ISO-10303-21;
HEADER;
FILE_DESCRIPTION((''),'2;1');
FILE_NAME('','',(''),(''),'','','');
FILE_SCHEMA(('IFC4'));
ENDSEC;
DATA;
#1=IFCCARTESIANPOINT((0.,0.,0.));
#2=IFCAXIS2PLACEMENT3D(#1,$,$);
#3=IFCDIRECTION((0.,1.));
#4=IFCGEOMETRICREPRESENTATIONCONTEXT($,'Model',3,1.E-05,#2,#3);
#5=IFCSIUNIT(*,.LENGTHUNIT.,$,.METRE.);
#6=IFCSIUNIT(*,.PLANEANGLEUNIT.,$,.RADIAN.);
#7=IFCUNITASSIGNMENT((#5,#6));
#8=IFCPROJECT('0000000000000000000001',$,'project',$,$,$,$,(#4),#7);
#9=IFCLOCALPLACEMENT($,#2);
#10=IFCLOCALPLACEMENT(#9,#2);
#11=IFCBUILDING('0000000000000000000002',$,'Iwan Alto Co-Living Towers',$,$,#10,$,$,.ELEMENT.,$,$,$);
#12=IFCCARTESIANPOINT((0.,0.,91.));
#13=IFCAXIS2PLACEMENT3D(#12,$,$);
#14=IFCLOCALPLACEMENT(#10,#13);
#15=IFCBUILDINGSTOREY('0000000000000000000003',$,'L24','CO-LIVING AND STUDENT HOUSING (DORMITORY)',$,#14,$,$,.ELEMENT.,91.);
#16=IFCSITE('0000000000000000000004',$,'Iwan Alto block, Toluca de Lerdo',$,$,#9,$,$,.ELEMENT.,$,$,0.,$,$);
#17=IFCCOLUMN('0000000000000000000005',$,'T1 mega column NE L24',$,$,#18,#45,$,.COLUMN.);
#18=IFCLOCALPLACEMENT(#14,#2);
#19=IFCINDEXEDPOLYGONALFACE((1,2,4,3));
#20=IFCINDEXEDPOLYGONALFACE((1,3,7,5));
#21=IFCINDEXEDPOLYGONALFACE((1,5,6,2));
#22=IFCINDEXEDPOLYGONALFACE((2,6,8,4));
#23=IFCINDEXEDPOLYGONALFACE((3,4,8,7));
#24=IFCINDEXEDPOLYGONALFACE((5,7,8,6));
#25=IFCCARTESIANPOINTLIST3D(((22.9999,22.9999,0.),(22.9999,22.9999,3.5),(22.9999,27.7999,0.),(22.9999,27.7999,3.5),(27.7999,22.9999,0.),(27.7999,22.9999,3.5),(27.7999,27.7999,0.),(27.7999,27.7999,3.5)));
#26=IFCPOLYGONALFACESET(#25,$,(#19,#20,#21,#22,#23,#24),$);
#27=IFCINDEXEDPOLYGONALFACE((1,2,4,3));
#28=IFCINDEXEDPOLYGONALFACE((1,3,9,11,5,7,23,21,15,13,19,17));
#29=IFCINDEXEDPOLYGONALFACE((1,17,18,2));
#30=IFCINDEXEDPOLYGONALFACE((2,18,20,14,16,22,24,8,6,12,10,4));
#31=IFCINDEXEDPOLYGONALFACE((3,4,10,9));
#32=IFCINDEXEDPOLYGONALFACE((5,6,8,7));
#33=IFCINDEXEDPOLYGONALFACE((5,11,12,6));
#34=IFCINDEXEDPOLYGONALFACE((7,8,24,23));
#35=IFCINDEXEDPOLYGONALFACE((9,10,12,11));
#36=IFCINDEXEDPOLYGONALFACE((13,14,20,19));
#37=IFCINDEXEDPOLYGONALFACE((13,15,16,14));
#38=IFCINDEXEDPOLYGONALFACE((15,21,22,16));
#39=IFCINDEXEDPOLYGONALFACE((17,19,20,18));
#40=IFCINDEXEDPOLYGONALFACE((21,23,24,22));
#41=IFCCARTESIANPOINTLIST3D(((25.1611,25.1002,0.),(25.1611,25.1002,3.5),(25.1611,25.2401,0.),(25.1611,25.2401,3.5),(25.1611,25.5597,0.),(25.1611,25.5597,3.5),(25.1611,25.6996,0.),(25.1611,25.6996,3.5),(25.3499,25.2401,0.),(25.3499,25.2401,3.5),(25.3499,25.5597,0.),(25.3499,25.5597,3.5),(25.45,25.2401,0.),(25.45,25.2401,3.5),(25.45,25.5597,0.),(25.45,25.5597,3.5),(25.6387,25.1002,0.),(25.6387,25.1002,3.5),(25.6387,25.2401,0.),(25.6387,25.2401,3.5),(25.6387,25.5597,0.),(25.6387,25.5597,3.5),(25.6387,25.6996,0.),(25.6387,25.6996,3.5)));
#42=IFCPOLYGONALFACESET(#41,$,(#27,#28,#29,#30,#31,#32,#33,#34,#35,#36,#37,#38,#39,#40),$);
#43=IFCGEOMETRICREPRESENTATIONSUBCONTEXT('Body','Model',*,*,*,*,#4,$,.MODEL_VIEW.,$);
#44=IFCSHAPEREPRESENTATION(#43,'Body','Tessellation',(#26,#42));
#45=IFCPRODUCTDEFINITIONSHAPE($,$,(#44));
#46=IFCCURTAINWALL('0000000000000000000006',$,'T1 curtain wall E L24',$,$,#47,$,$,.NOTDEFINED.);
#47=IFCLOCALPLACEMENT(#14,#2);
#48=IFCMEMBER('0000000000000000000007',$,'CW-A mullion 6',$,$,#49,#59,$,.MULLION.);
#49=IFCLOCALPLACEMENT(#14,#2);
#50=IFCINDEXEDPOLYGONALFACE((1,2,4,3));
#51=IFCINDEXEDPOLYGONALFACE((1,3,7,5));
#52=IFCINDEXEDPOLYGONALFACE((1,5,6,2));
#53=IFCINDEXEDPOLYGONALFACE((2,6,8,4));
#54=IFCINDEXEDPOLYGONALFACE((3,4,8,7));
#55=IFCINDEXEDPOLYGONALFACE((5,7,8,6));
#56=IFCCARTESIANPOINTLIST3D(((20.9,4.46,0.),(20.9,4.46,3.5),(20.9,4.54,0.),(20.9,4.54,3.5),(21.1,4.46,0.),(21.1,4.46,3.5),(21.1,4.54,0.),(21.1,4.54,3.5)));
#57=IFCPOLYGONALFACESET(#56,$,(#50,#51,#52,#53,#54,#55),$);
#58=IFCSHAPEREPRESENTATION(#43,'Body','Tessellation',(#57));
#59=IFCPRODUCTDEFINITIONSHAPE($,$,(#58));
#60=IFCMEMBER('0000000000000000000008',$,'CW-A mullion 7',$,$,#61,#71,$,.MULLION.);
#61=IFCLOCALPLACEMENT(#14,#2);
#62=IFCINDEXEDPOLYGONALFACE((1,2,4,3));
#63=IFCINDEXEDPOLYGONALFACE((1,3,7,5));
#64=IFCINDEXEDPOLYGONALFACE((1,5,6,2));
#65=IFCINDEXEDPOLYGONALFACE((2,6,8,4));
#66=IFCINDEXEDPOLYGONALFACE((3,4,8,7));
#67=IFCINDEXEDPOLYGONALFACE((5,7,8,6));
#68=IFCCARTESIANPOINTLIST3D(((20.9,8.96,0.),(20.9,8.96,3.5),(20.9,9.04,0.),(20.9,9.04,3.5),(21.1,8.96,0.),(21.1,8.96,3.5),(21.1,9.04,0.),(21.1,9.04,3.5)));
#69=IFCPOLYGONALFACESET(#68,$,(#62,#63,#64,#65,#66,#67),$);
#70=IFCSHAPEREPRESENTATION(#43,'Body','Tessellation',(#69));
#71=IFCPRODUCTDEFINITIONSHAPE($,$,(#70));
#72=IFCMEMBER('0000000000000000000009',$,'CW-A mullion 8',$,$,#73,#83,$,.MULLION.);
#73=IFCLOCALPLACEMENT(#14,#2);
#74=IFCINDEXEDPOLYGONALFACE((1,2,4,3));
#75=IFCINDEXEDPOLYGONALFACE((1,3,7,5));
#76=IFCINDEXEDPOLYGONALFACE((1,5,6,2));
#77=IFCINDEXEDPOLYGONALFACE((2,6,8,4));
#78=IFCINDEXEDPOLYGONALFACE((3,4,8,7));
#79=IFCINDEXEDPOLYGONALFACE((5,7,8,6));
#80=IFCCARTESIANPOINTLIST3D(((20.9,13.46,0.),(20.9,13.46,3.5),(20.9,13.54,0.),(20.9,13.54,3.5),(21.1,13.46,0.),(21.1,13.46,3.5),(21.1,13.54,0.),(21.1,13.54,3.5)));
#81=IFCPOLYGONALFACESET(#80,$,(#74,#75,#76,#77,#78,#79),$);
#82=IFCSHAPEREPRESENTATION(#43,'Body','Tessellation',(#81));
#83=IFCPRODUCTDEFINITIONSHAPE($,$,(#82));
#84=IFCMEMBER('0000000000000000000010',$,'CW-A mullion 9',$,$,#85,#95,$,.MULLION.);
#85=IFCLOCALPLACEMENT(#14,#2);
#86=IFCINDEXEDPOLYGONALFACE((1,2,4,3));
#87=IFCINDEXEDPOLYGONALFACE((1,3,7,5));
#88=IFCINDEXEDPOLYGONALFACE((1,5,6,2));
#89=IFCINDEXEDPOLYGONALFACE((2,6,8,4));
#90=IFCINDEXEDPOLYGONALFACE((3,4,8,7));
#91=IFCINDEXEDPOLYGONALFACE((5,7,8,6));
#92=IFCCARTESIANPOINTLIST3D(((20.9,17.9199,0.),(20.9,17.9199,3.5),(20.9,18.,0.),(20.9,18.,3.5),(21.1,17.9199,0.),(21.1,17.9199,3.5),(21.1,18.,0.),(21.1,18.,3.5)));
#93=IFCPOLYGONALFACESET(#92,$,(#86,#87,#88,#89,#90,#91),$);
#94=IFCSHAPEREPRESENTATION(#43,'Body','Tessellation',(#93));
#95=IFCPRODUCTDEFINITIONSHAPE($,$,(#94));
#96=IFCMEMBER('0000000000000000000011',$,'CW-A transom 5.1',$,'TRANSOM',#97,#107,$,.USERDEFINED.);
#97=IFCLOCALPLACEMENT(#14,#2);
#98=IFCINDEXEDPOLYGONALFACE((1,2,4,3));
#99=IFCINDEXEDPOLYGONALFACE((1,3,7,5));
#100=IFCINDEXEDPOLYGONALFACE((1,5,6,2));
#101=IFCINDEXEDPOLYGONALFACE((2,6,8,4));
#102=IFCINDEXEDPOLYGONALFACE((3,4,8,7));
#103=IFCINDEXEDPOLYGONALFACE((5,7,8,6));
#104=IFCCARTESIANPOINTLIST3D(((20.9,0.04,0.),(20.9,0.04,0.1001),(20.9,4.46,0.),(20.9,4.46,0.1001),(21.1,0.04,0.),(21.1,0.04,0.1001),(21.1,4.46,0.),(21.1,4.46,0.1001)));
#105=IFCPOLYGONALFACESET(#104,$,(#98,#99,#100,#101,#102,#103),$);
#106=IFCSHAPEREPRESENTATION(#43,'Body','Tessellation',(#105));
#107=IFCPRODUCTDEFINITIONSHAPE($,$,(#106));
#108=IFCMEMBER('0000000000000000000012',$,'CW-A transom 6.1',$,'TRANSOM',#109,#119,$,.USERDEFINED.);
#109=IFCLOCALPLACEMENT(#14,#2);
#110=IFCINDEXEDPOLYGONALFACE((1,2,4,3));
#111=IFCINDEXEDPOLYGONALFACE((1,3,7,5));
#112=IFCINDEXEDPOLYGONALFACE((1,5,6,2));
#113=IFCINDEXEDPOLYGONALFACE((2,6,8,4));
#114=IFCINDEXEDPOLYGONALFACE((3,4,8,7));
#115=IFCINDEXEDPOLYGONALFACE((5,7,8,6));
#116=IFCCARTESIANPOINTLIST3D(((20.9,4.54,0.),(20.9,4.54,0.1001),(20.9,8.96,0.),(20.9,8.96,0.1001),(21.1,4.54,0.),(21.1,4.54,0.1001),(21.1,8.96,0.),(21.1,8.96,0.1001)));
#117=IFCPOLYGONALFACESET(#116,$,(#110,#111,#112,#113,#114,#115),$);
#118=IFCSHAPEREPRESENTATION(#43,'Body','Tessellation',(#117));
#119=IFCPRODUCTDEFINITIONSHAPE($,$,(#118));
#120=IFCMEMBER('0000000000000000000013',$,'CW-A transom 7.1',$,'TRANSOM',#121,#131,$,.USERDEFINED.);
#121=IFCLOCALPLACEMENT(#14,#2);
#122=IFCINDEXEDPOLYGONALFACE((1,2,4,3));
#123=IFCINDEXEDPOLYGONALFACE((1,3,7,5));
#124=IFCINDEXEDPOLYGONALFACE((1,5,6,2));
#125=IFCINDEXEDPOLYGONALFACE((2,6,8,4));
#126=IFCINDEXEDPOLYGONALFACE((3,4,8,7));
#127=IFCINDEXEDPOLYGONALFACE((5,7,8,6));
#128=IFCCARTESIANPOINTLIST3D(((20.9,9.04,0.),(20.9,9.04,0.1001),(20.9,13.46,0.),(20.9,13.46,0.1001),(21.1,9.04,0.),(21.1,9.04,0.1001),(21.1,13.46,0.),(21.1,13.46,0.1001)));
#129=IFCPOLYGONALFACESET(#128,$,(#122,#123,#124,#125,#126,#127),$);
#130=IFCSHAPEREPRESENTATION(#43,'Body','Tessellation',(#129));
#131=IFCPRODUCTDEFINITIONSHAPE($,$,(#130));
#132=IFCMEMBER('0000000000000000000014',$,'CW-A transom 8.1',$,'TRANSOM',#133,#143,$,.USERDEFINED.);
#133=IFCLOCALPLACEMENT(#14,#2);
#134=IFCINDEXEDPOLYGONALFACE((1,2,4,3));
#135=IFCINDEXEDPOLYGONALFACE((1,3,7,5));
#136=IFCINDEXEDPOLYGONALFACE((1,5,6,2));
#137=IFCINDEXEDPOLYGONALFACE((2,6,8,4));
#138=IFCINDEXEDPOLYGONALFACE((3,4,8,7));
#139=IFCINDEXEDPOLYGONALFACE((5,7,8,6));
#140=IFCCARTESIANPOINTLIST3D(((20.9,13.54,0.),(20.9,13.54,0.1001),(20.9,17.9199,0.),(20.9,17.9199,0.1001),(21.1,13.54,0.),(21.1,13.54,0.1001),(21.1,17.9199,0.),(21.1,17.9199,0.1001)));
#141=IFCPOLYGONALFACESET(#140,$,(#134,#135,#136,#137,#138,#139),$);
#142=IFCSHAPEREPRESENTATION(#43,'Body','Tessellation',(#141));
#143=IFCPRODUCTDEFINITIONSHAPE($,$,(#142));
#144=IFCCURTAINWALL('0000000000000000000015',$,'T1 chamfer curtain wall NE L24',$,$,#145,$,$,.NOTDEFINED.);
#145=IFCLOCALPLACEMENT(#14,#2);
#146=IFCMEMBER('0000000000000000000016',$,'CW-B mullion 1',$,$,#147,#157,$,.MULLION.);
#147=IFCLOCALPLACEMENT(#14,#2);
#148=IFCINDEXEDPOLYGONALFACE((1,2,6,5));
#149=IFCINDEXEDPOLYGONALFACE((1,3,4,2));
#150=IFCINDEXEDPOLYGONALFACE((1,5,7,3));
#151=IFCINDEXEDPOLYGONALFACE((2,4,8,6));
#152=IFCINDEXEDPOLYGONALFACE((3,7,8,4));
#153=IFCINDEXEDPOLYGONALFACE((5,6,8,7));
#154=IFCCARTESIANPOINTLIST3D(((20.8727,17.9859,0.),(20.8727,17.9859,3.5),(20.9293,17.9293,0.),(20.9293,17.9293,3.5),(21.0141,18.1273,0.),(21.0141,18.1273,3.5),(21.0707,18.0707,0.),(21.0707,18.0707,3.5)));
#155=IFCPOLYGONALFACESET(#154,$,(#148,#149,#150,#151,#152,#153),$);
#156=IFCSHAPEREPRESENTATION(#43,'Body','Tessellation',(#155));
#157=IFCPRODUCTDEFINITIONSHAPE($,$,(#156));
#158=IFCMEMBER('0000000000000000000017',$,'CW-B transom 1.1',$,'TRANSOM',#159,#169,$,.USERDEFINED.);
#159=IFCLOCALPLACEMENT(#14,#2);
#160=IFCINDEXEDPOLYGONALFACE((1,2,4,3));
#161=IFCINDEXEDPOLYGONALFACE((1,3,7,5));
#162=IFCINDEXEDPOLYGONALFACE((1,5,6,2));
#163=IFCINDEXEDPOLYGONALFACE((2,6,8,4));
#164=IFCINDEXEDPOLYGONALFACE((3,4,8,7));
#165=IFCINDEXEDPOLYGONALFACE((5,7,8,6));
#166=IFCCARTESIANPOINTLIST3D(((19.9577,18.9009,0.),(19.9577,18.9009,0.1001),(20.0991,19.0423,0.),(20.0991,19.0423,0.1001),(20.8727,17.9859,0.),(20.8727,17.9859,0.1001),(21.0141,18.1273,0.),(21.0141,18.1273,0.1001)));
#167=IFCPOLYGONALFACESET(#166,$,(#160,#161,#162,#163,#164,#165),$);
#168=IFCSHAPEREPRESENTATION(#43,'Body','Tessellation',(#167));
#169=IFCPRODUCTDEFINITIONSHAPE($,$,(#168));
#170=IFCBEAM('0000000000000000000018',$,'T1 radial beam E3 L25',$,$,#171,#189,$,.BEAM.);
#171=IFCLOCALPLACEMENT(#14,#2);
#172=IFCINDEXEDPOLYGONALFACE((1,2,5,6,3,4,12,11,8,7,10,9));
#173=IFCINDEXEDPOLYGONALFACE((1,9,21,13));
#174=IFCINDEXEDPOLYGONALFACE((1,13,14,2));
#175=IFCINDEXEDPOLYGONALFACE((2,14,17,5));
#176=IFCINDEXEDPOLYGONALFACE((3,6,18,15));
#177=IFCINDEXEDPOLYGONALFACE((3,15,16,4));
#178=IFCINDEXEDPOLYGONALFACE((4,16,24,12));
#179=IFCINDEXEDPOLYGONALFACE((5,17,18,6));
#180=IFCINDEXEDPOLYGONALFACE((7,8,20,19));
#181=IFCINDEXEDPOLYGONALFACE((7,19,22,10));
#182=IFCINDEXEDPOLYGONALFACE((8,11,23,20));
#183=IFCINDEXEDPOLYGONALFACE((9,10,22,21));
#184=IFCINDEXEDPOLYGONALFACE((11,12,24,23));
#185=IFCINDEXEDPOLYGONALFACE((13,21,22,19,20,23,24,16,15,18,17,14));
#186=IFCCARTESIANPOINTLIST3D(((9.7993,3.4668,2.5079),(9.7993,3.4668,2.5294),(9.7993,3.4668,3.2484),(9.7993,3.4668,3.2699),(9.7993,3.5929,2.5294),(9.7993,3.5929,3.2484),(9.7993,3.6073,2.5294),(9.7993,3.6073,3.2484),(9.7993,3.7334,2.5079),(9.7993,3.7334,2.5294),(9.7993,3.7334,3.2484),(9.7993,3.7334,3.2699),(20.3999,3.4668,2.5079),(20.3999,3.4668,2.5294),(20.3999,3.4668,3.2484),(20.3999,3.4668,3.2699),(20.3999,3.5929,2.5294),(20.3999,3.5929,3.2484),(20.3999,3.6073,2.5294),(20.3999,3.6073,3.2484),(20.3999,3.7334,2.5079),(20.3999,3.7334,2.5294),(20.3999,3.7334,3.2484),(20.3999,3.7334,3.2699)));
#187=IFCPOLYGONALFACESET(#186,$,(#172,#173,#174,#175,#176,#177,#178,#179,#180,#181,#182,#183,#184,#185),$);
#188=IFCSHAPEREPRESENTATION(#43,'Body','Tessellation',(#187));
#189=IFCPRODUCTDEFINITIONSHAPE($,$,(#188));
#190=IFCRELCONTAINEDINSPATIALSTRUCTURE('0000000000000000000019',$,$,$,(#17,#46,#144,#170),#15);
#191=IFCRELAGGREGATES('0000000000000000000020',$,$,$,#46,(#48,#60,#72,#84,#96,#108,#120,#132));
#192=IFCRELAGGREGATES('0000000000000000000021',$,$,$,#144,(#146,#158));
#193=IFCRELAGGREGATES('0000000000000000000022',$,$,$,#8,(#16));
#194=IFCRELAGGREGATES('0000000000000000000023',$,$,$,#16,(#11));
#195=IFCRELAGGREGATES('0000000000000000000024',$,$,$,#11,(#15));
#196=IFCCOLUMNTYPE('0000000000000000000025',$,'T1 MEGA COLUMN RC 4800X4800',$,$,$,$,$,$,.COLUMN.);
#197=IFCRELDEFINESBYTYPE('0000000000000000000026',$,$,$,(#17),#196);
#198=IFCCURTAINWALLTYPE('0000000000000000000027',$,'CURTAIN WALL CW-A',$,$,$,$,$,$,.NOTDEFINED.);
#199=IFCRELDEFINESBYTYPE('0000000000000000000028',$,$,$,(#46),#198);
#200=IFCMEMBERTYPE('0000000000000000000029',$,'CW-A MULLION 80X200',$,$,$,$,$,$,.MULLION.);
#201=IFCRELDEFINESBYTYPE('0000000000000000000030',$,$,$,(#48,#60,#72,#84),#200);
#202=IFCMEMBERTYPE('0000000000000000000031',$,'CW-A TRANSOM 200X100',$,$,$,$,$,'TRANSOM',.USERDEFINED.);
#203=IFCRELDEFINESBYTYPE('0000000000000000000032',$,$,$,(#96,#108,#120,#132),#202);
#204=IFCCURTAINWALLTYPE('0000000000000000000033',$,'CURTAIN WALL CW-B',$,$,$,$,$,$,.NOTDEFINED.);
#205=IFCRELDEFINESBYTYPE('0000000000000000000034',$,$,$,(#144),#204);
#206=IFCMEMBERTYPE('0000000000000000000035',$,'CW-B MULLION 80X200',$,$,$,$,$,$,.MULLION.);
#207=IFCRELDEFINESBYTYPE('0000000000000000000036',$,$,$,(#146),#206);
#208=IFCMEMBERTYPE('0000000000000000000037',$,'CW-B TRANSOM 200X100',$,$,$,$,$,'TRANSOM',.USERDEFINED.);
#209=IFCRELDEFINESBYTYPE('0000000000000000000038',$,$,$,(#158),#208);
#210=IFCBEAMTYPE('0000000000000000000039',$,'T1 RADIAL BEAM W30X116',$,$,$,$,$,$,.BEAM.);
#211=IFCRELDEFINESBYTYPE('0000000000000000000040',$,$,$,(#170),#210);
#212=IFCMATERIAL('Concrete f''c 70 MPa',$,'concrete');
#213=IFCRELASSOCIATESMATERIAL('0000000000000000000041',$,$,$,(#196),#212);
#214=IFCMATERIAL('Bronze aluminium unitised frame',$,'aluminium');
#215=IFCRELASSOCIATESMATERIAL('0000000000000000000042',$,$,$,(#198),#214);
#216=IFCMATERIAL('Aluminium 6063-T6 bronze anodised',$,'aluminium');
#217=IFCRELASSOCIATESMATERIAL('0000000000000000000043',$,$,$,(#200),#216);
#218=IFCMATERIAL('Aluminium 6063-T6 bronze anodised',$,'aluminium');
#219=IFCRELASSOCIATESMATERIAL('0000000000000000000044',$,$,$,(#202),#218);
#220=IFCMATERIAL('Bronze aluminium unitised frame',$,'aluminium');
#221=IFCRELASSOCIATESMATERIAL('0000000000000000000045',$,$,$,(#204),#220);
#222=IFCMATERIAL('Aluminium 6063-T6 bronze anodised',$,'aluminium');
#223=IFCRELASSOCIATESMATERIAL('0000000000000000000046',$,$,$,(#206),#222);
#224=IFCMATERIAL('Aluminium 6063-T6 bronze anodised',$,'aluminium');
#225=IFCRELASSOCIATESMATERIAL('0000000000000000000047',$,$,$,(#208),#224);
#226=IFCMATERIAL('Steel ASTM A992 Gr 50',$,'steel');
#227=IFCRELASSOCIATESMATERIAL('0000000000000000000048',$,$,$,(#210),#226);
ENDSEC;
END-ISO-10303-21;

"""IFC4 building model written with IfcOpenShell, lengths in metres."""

from ifc_helpers import new_model, si_unit, direction, frame, origin, origin_2d, place, context, subcontext, project, spatial, rectangle, i_section, extrude, material, material_profile, profile_set, type_object, element, aggregate, save


model = new_model("IFC4")

# Units and contexts
model_context = context("Model", 3, precision=1e-05, world=origin(), true_north=direction((0.0, 1.0)))
body_context = subcontext(model_context, "Body", "Model", "MODEL_VIEW")
ifc_project = project(units=[si_unit("LENGTHUNIT", "METRE"), si_unit("PLANEANGLEUNIT", "RADIAN")], contexts=[model_context])

# Site, building, storey
site_placement = place(None, origin())
site = spatial("IfcSite", under=ifc_project, at=site_placement, Name="Iwan Alto block, Toluca de Lerdo", CompositionType="ELEMENT", RefElevation=0.0)
building_placement = place(site_placement, origin())
building = spatial("IfcBuilding", under=site, at=building_placement, Name="Iwan Alto Co-Living Towers", CompositionType="ELEMENT")
storey_placement = place(building_placement, frame((0.0, 0.0, 91.0)))
storey = spatial("IfcBuildingStorey", under=building, at=storey_placement, Name="L24", Description="CO-LIVING AND STUDENT HOUSING (DORMITORY)", CompositionType="ELEMENT", Elevation=91.0)

# Column
ifc_material_1 = material(Name="Concrete f'c 70 MPa", Category="concrete")
ifc_material_profile_1 = material_profile(ifc_material_1, rectangle(XDim=4.8, YDim=4.8, at=origin_2d()), Name="RC 4800X4800")
ifc_profile_set_1 = profile_set([ifc_material_profile_1], Name="Concrete f'c 70 MPa")
column_type = type_object("IfcColumnType", Name="T1 MEGA COLUMN RC 4800X4800", PredefinedType="COLUMN", material=ifc_profile_set_1)
column_placement = place(storey_placement, frame((25.3999, 25.3999, 0.0), z_axis=(0.0, 0.0, 1.0), x_axis=(1.0, 0.0, 0.0)))
element("IfcColumn", 1, at=column_placement, inside=storey, type_object=column_type, Name="T1 mega column NE L24", PredefinedType="COLUMN", context=body_context, shape_type="SweptSolid", body=[
    extrude(rectangle(XDim=4.8, YDim=4.8, at=origin_2d()), origin(), (0.0, 0.0, 1.0), 3.5),
    extrude(i_section(OverallWidth=0.4775, OverallDepth=0.5994, WebThickness=0.1001, FlangeThickness=0.1399, at=origin_2d()), origin(), (0.0, 0.0, 1.0), 3.5),
])

# Curtain walls, members
ifc_material_2 = material(Name="Bronze aluminium unitised frame", Category="aluminium")
curtain_wall_type_1 = type_object("IfcCurtainWallType", Name="CURTAIN WALL CW-A", PredefinedType="NOTDEFINED", material=ifc_material_2)
curtain_wall_1_placement = place(storey_placement, origin())
curtain_wall_1 = element("IfcCurtainWall", 2, at=curtain_wall_1_placement, inside=storey, type_object=curtain_wall_type_1, Name="T1 curtain wall E L24", PredefinedType="NOTDEFINED")
ifc_material_3 = material(Name="Aluminium 6063-T6 bronze anodised", Category="aluminium")
ifc_material_profile_2 = material_profile(ifc_material_3, rectangle(XDim=0.2, YDim=0.0801, at=origin_2d()), Name="AL 80X200")
ifc_profile_set_2 = profile_set([ifc_material_profile_2], Name="Aluminium 6063-T6 bronze anodised")
member_type_1 = type_object("IfcMemberType", Name="CW-A MULLION 80X200", PredefinedType="MULLION", material=ifc_profile_set_2)
member_1_placement = place(storey_placement, frame((21.0, 4.5, 0.0), z_axis=(0.0, 0.0, 1.0), x_axis=(-1.0, 0.0, 0.0)))
member_1 = element("IfcMember", 3, at=member_1_placement, type_object=member_type_1, Name="CW-A mullion 6", PredefinedType="MULLION", context=body_context, shape_type="SweptSolid", body=[
    extrude(rectangle(XDim=0.2, YDim=0.0801, at=origin_2d()), origin(), (0.0, 0.0, 1.0), 3.5),
])
member_2_placement = place(storey_placement, frame((21.0, 9.0, 0.0), z_axis=(0.0, 0.0, 1.0), x_axis=(-1.0, 0.0, 0.0)))
member_2 = element("IfcMember", 4, at=member_2_placement, type_object=member_type_1, Name="CW-A mullion 7", PredefinedType="MULLION", context=body_context, shape_type="SweptSolid", body=[
    extrude(rectangle(XDim=0.2, YDim=0.0801, at=origin_2d()), origin(), (0.0, 0.0, 1.0), 3.5),
])
member_3_placement = place(storey_placement, frame((21.0, 13.5, 0.0), z_axis=(0.0, 0.0, 1.0), x_axis=(-1.0, 0.0, 0.0)))
member_3 = element("IfcMember", 5, at=member_3_placement, type_object=member_type_1, Name="CW-A mullion 8", PredefinedType="MULLION", context=body_context, shape_type="SweptSolid", body=[
    extrude(rectangle(XDim=0.2, YDim=0.0801, at=origin_2d()), origin(), (0.0, 0.0, 1.0), 3.5),
])
member_4_placement = place(storey_placement, frame((21.0, 17.96, 0.0), z_axis=(0.0, 0.0, 1.0), x_axis=(-1.0, 0.0, 0.0)))
member_4 = element("IfcMember", 6, at=member_4_placement, type_object=member_type_1, Name="CW-A mullion 9", PredefinedType="MULLION", context=body_context, shape_type="SweptSolid", body=[
    extrude(rectangle(XDim=0.2, YDim=0.0801, at=origin_2d()), origin(), (0.0, 0.0, 1.0), 3.5),
])
ifc_material_4 = material(Name="Aluminium 6063-T6 bronze anodised", Category="aluminium")
ifc_material_profile_3 = material_profile(ifc_material_4, rectangle(XDim=0.2, YDim=0.1001, at=origin_2d()), Name="AL 200X100")
ifc_profile_set_3 = profile_set([ifc_material_profile_3], Name="Aluminium 6063-T6 bronze anodised")
member_type_2 = type_object("IfcMemberType", Name="CW-A TRANSOM 200X100", ElementType="TRANSOM", PredefinedType="USERDEFINED", material=ifc_profile_set_3)
member_5_placement = place(storey_placement, frame((21.0, 0.04, 0.05), z_axis=(0.0, 1.0, 0.0), x_axis=(-1.0, 0.0, 0.0)))
member_5 = element("IfcMember", 7, at=member_5_placement, type_object=member_type_2, Name="CW-A transom 5.1", ObjectType="TRANSOM", PredefinedType="USERDEFINED", context=body_context, shape_type="SweptSolid", body=[
    extrude(rectangle(XDim=0.2, YDim=0.1001, at=origin_2d()), origin(), (0.0, 0.0, 1.0), 4.4199),
])
member_6_placement = place(storey_placement, frame((21.0, 4.54, 0.05), z_axis=(0.0, 1.0, 0.0), x_axis=(-1.0, 0.0, 0.0)))
member_6 = element("IfcMember", 8, at=member_6_placement, type_object=member_type_2, Name="CW-A transom 6.1", ObjectType="TRANSOM", PredefinedType="USERDEFINED", context=body_context, shape_type="SweptSolid", body=[
    extrude(rectangle(XDim=0.2, YDim=0.1001, at=origin_2d()), origin(), (0.0, 0.0, 1.0), 4.4199),
])
member_7_placement = place(storey_placement, frame((21.0, 9.04, 0.05), z_axis=(0.0, 1.0, 0.0), x_axis=(-1.0, 0.0, 0.0)))
member_7 = element("IfcMember", 9, at=member_7_placement, type_object=member_type_2, Name="CW-A transom 7.1", ObjectType="TRANSOM", PredefinedType="USERDEFINED", context=body_context, shape_type="SweptSolid", body=[
    extrude(rectangle(XDim=0.2, YDim=0.1001, at=origin_2d()), origin(), (0.0, 0.0, 1.0), 4.4199),
])
member_8_placement = place(storey_placement, frame((21.0, 13.54, 0.05), z_axis=(0.0, 1.0, 0.0), x_axis=(-1.0, 0.0, 0.0)))
member_8 = element("IfcMember", 10, at=member_8_placement, type_object=member_type_2, Name="CW-A transom 8.1", ObjectType="TRANSOM", PredefinedType="USERDEFINED", context=body_context, shape_type="SweptSolid", body=[
    extrude(rectangle(XDim=0.2, YDim=0.1001, at=origin_2d()), origin(), (0.0, 0.0, 1.0), 4.3799),
])
ifc_material_5 = material(Name="Bronze aluminium unitised frame", Category="aluminium")
curtain_wall_type_2 = type_object("IfcCurtainWallType", Name="CURTAIN WALL CW-B", PredefinedType="NOTDEFINED", material=ifc_material_5)
curtain_wall_2_placement = place(storey_placement, origin())
curtain_wall_2 = element("IfcCurtainWall", 11, at=curtain_wall_2_placement, inside=storey, type_object=curtain_wall_type_2, Name="T1 chamfer curtain wall NE L24", PredefinedType="NOTDEFINED")
ifc_material_6 = material(Name="Aluminium 6063-T6 bronze anodised", Category="aluminium")
ifc_material_profile_4 = material_profile(ifc_material_6, rectangle(XDim=0.2, YDim=0.0801, at=origin_2d()), Name="AL 80X200")
ifc_profile_set_4 = profile_set([ifc_material_profile_4], Name="Aluminium 6063-T6 bronze anodised")
member_type_3 = type_object("IfcMemberType", Name="CW-B MULLION 80X200", PredefinedType="MULLION", material=ifc_profile_set_4)
member_9_placement = place(storey_placement, frame((20.9717, 18.0283, 0.0), z_axis=(0.0, 0.0, 1.0), x_axis=(-0.707107, -0.707107, 0.0)))
member_9 = element("IfcMember", 12, at=member_9_placement, type_object=member_type_3, Name="CW-B mullion 1", PredefinedType="MULLION", context=body_context, shape_type="SweptSolid", body=[
    extrude(rectangle(XDim=0.2, YDim=0.0801, at=origin_2d()), origin(), (0.0, 0.0, 1.0), 3.5),
])
ifc_material_7 = material(Name="Aluminium 6063-T6 bronze anodised", Category="aluminium")
ifc_material_profile_5 = material_profile(ifc_material_7, rectangle(XDim=0.2, YDim=0.1001, at=origin_2d()), Name="AL 200X100")
ifc_profile_set_5 = profile_set([ifc_material_profile_5], Name="Aluminium 6063-T6 bronze anodised")
member_type_4 = type_object("IfcMemberType", Name="CW-B TRANSOM 200X100", ElementType="TRANSOM", PredefinedType="USERDEFINED", material=ifc_profile_set_5)
member_10_placement = place(storey_placement, frame((20.9434, 18.0566, 0.05), z_axis=(-0.707107, 0.707107, 0.0), x_axis=(-0.707107, -0.707107, 0.0)))
member_10 = element("IfcMember", 13, at=member_10_placement, type_object=member_type_4, Name="CW-B transom 1.1", ObjectType="TRANSOM", PredefinedType="USERDEFINED", context=body_context, shape_type="SweptSolid", body=[
    extrude(rectangle(XDim=0.2, YDim=0.1001, at=origin_2d()), origin(), (0.0, 0.0, 1.0), 1.2939),
])

# Beam
ifc_material_8 = material(Name="Steel ASTM A992 Gr 50", Category="steel")
ifc_material_profile_6 = material_profile(ifc_material_8, i_section(OverallWidth=0.2666, OverallDepth=0.762, WebThickness=0.0144, FlangeThickness=0.0215, at=origin_2d()), Name="W30X116")
ifc_profile_set_6 = profile_set([ifc_material_profile_6], Name="Steel ASTM A992 Gr 50")
beam_type_1 = type_object("IfcBeamType", Name="T1 RADIAL BEAM W30X116", PredefinedType="BEAM", material=ifc_profile_set_6)
beam_1_placement = place(storey_placement, frame((20.3999, 3.6001, 2.8889), z_axis=(-1.0, 0.0, 0.0), x_axis=(0.0, -1.0, 0.0)))
element("IfcBeam", 14, at=beam_1_placement, inside=storey, type_object=beam_type_1, Name="T1 radial beam E3 L25", PredefinedType="BEAM", context=body_context, shape_type="SweptSolid", body=[
    extrude(i_section(OverallWidth=0.2666, OverallDepth=0.762, WebThickness=0.0144, FlangeThickness=0.0215, at=origin_2d()), origin(), (0.0, 0.0, 1.0), 10.6006),
])

aggregate(curtain_wall_1, [member_1, member_2, member_3, member_4, member_5, member_6, member_7, member_8])
aggregate(curtain_wall_2, [member_9, member_10])

save(model, "model.ifc")
